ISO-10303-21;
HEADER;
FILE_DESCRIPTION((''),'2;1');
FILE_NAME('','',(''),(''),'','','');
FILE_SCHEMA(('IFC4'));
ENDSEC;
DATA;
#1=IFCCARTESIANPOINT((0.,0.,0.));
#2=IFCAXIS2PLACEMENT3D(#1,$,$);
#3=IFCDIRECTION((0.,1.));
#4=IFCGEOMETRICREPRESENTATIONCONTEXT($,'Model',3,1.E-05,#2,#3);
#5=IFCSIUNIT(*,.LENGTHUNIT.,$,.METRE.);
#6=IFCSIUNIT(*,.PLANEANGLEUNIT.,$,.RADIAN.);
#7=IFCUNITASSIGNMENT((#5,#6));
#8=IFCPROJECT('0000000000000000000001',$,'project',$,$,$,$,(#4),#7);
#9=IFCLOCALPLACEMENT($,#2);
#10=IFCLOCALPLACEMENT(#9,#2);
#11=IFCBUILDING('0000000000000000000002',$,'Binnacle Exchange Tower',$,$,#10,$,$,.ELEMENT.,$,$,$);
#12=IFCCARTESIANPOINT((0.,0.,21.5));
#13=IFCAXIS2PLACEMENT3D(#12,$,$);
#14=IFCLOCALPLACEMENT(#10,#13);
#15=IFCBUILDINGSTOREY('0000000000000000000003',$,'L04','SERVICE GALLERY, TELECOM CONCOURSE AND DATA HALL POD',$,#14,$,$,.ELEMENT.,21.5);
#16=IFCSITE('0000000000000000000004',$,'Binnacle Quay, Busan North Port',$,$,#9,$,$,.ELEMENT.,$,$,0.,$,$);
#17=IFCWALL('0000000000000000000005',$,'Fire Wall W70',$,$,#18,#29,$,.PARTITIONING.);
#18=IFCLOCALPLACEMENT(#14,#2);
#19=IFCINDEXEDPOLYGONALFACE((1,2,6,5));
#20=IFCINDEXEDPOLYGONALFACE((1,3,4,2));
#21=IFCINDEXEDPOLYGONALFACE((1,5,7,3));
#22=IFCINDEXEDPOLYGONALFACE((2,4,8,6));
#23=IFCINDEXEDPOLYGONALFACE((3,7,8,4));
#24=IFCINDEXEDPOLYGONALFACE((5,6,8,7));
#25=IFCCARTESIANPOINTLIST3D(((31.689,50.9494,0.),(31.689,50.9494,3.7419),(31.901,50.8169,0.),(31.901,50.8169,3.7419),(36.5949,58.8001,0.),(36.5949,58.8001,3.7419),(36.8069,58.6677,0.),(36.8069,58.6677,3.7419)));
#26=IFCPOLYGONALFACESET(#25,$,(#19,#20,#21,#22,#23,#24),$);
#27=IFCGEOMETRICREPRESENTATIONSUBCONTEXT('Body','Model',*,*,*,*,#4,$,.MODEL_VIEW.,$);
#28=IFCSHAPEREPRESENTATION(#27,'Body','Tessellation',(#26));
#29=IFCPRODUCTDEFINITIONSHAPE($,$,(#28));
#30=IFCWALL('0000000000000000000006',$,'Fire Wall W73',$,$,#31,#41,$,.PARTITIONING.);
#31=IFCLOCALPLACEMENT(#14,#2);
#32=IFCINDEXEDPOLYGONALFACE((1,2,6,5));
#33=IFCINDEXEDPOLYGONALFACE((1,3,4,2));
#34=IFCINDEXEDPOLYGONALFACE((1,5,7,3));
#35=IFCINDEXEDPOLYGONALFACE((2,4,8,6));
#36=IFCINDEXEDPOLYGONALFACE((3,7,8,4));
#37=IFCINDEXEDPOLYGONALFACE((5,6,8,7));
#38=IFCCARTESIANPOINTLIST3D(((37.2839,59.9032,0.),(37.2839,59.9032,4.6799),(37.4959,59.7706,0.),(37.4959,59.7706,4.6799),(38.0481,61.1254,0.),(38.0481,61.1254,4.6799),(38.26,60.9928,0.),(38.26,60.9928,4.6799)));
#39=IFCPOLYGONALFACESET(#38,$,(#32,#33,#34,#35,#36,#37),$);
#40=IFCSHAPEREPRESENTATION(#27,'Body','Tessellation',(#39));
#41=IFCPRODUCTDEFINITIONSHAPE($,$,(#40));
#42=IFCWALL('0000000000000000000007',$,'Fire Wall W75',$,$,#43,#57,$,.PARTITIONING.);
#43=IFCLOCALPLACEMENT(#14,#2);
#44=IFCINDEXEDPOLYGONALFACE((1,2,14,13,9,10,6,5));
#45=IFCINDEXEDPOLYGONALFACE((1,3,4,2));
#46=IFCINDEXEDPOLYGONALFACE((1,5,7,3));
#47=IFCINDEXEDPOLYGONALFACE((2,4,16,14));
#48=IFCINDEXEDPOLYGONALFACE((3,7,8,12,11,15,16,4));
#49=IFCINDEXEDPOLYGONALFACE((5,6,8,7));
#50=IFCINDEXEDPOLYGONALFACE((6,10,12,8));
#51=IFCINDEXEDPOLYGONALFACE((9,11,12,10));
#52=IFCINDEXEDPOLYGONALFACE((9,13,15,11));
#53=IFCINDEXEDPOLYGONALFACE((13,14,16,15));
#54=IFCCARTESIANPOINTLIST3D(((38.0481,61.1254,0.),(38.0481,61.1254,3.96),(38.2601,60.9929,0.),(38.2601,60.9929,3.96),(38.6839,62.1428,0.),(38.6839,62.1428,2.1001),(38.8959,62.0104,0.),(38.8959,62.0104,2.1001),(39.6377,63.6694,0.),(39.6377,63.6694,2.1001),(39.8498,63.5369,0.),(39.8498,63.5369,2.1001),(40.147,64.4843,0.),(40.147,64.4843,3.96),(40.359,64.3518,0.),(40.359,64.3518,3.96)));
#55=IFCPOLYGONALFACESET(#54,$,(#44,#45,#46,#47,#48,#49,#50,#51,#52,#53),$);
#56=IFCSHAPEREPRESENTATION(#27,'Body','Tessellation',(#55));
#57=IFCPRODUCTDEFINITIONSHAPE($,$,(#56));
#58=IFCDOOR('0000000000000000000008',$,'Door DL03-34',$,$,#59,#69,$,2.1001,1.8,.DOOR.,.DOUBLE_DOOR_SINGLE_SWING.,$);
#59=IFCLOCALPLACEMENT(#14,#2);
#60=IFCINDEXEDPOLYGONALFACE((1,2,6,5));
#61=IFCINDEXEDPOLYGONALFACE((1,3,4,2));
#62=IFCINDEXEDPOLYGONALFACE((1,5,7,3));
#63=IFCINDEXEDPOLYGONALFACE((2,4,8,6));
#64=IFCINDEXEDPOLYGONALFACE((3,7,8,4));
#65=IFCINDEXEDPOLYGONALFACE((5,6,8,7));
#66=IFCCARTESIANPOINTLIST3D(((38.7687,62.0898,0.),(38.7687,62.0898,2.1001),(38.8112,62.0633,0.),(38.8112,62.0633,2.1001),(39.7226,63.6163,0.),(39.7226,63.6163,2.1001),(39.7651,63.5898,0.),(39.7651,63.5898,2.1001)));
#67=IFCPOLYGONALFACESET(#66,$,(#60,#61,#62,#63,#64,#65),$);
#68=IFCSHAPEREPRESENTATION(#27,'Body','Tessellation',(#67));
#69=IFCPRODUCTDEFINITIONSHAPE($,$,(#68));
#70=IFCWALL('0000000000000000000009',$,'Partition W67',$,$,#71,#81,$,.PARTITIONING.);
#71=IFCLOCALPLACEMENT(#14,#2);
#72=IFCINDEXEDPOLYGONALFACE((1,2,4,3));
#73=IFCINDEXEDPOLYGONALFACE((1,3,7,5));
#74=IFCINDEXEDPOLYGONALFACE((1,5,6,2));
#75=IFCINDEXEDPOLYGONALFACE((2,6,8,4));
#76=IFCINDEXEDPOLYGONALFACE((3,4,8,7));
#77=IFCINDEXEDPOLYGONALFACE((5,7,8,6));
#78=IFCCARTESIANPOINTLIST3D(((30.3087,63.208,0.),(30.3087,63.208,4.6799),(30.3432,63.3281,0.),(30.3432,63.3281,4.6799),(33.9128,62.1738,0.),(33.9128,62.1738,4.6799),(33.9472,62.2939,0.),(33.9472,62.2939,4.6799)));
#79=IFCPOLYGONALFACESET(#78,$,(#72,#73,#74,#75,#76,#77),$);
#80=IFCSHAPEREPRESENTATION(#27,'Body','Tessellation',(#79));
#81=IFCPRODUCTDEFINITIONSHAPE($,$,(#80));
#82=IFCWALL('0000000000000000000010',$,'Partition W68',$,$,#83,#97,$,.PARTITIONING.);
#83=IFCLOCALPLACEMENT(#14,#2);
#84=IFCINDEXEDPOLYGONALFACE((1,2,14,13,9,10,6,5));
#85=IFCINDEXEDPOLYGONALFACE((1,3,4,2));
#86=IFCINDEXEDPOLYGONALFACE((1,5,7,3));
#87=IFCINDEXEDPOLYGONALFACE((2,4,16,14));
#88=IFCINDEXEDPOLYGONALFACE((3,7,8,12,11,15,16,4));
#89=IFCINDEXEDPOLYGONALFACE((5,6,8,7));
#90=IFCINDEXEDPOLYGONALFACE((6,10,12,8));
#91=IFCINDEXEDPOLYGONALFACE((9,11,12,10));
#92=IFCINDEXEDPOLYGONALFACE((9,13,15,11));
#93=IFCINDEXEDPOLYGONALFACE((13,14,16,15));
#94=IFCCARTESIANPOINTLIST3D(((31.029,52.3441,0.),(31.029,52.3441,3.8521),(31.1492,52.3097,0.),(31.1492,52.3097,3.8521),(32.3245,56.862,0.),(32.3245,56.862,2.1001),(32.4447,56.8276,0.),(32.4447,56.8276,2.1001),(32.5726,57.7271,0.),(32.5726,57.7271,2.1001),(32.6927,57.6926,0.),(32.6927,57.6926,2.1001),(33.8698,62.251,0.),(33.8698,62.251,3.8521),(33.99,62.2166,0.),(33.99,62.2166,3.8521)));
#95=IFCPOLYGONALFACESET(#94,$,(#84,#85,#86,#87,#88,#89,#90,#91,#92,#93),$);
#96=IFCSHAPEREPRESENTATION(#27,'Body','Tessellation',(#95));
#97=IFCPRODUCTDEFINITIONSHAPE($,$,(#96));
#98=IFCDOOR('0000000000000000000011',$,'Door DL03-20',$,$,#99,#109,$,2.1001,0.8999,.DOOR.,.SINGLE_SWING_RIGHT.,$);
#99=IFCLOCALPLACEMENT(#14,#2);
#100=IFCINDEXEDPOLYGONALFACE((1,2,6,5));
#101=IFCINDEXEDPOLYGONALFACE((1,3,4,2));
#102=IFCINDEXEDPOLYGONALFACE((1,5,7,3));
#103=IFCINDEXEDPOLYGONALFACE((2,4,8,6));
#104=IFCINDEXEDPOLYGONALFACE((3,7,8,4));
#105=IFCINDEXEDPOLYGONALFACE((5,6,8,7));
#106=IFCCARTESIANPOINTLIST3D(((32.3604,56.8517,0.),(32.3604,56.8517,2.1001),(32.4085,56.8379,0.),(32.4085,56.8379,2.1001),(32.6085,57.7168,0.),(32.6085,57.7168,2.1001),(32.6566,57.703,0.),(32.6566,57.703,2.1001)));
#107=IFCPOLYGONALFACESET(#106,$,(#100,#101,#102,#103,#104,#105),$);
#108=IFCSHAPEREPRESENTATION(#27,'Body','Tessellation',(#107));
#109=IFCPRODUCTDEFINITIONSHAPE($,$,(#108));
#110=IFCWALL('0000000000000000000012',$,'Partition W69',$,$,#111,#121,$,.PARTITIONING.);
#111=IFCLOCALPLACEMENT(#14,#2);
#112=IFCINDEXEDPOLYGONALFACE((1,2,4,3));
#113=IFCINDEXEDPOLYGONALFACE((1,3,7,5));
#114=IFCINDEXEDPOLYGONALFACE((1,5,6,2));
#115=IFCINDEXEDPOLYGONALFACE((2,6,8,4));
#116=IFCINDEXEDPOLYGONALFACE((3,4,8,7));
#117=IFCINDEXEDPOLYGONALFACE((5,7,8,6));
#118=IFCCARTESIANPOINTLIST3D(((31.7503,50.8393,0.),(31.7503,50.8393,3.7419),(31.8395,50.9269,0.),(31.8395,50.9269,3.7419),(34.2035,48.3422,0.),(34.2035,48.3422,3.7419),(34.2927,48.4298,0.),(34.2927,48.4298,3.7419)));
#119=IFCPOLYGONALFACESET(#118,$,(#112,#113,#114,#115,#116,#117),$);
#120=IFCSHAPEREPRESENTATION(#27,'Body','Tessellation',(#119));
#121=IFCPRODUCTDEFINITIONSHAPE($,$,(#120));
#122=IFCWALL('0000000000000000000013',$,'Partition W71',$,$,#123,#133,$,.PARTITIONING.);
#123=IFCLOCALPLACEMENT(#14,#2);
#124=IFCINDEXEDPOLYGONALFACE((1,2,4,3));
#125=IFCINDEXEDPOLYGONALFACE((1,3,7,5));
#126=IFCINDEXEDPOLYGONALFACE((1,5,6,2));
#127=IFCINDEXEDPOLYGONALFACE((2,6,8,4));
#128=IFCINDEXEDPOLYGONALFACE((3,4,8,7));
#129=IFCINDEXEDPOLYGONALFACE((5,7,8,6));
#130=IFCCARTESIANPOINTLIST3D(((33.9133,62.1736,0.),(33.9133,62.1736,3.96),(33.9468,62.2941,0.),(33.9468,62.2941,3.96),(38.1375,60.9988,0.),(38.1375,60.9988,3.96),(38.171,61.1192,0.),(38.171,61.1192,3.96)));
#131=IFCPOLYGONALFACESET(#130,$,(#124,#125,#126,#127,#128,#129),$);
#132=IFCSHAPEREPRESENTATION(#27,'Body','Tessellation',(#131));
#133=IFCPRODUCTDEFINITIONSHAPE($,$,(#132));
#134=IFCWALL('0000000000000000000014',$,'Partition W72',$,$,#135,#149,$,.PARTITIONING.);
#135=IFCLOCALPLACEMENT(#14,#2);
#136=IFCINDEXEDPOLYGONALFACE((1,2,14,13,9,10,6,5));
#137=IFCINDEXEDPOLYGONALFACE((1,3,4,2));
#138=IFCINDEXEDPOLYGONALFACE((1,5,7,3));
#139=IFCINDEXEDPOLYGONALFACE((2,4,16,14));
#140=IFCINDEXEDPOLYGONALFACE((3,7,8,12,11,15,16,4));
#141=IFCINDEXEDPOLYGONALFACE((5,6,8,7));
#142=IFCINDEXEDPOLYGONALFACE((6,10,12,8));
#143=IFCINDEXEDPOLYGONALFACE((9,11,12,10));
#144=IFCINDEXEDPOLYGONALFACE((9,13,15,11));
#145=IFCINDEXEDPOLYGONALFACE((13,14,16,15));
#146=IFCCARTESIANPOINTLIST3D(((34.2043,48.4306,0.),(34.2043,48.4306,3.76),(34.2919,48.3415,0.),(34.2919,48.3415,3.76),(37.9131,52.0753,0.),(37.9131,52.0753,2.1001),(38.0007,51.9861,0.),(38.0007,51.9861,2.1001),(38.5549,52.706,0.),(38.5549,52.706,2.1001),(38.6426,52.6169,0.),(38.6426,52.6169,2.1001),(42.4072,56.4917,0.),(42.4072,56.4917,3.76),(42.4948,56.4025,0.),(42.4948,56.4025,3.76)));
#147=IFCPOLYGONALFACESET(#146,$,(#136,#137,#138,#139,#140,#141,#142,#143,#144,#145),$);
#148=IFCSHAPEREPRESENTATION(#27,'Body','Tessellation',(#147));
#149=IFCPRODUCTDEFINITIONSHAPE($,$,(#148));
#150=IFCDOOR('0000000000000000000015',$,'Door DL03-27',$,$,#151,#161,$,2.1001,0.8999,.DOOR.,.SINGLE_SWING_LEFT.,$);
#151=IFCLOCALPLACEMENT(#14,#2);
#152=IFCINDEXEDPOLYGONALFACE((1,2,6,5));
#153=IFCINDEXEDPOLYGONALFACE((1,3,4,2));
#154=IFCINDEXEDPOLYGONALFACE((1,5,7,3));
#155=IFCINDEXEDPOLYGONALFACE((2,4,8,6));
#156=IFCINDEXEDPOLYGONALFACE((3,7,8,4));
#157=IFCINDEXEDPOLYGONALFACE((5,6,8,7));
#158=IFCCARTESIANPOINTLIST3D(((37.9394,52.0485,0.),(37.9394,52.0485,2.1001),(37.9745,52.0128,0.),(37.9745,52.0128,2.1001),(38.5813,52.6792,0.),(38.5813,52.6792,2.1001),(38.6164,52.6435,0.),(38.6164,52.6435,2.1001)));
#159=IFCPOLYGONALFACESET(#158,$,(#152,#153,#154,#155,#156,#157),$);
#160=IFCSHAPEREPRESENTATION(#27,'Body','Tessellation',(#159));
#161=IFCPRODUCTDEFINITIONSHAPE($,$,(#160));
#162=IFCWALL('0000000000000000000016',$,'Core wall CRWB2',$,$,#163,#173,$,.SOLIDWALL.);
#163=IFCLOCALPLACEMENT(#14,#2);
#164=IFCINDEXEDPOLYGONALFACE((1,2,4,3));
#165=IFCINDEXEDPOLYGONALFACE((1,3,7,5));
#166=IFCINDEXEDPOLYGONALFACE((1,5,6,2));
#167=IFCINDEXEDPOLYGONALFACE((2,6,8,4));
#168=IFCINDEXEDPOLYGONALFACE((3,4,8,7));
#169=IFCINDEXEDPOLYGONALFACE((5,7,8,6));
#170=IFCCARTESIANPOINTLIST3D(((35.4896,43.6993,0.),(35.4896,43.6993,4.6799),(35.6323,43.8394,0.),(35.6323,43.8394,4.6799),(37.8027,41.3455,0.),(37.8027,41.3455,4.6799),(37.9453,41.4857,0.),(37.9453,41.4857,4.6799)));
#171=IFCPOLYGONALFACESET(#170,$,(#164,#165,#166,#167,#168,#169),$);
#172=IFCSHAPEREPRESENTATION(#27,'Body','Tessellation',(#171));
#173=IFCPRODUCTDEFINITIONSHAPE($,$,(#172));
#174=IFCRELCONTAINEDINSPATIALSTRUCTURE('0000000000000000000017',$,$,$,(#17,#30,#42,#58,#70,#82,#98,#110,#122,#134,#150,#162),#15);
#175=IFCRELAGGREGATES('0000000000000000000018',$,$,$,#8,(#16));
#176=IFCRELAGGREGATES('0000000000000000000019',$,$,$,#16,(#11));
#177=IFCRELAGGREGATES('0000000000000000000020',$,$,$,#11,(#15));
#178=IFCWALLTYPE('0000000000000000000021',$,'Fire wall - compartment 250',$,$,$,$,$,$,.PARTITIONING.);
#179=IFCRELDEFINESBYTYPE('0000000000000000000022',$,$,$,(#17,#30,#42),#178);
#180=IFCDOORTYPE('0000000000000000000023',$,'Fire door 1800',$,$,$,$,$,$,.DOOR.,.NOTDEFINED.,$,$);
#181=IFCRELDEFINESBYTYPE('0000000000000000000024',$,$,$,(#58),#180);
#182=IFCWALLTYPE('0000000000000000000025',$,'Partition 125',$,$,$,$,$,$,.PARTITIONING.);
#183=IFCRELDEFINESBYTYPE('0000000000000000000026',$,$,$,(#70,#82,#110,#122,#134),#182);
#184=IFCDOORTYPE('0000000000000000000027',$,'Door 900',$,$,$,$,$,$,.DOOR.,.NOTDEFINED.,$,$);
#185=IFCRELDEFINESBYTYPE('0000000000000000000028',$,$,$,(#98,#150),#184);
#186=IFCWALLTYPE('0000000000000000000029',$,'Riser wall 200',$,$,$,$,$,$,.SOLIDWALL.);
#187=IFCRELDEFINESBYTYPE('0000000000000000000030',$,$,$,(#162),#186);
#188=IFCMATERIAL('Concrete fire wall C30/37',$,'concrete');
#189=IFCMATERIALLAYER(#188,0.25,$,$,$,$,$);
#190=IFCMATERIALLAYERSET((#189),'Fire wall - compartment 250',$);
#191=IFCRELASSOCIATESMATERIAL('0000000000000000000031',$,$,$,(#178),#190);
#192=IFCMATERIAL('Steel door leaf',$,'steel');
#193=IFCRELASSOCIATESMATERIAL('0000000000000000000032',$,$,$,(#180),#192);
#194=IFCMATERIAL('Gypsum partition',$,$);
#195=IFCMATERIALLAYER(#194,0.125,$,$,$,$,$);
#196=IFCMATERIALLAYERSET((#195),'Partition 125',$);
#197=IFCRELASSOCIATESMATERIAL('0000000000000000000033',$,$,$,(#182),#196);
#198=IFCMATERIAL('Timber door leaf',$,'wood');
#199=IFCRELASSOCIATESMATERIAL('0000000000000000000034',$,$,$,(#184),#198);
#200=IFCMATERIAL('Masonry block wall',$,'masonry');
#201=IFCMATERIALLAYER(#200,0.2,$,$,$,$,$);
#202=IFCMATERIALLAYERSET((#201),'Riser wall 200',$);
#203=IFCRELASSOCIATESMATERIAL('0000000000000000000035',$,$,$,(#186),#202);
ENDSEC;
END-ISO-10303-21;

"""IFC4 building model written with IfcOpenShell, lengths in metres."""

from ifc_helpers import new_model, si_unit, direction, frame, frame_2d, origin, place, context, subcontext, project, spatial, rectangle, extrude, material, layer, layer_set, type_object, element, fill, save


model = new_model("IFC4")

# Units and contexts
model_context = context("Model", 3, precision=1e-05, world=origin(), true_north=direction((0.0, 1.0)))
body_context = subcontext(model_context, "Body", "Model", "MODEL_VIEW")
ifc_project = project(units=[si_unit("LENGTHUNIT", "METRE"), si_unit("PLANEANGLEUNIT", "RADIAN")], contexts=[model_context])

# Site, building, storey
site_placement = place(None, origin())
site = spatial("IfcSite", under=ifc_project, at=site_placement, Name="Binnacle Quay, Busan North Port", CompositionType="ELEMENT", RefElevation=0.0)
building_placement = place(site_placement, origin())
building = spatial("IfcBuilding", under=site, at=building_placement, Name="Binnacle Exchange Tower", CompositionType="ELEMENT")
storey_placement = place(building_placement, frame((0.0, 0.0, 21.5)))
storey = spatial("IfcBuildingStorey", under=building, at=storey_placement, Name="L04", Description="SERVICE GALLERY, TELECOM CONCOURSE AND DATA HALL POD", CompositionType="ELEMENT", Elevation=21.5)

# Shared definitions
ifc_material_1 = material(Name="Steel door leaf", Category="steel")

# Walls
ifc_material_2 = material(Name="Masonry block wall", Category="masonry")
ifc_material_3 = material(Name="Concrete fire wall C30/37", Category="concrete")
ifc_layer_1 = layer(ifc_material_3, 0.25)
ifc_layer_set_1 = layer_set([ifc_layer_1], Name="Fire wall - compartment 250")
wall_type_1 = type_object("IfcWallType", Name="Fire wall - compartment 250", PredefinedType="PARTITIONING", material=ifc_layer_set_1)
wall_1_placement = place(storey_placement, frame((31.7949, 50.8831, 0.0), z_axis=(0.0, 0.0, 1.0), x_axis=(0.52994, 0.848035, 0.0)))
element("IfcWall", 1, at=wall_1_placement, inside=storey, type_object=wall_type_1, Name="Fire Wall W70", PredefinedType="PARTITIONING", context=body_context, shape_type="SweptSolid", body=[
    extrude(rectangle(XDim=9.2576, YDim=0.25, at=frame_2d((4.6289, 0.0))), origin(), (0.0, 0.0, 1.0), 3.7419),
])
wall_2_placement = place(storey_placement, frame((37.3899, 59.8369, 0.0), z_axis=(0.0, 0.0, 1.0), x_axis=(0.530151, 0.847903, 0.0)))
element("IfcWall", 2, at=wall_2_placement, inside=storey, type_object=wall_type_1, Name="Fire Wall W73", PredefinedType="PARTITIONING", context=body_context, shape_type="SweptSolid", body=[
    extrude(rectangle(XDim=1.4414, YDim=0.25, at=frame_2d((0.7207, 0.0))), origin(), (0.0, 0.0, 1.0), 4.6799),
])

# Wall, opening, door
wall_3_placement = place(storey_placement, frame((38.1541, 61.0591, 0.0), z_axis=(0.0, 0.0, 1.0), x_axis=(0.529921, 0.848047, 0.0)))
wall_3 = element("IfcWall", 3, at=wall_3_placement, inside=storey, type_object=wall_type_1, Name="Fire Wall W75", PredefinedType="PARTITIONING", context=body_context, shape_type="SweptSolid", body=[
    extrude(rectangle(XDim=3.9607, YDim=0.25, at=frame_2d((1.9805, 0.0))), origin(), (0.0, 0.0, 1.0), 3.96),
])
opening_1_placement = place(wall_3_placement, frame((1.2, 0.0, 0.0)))
opening_1 = element("IfcOpeningElement", 4, at=opening_1_placement, cuts=wall_3, PredefinedType="OPENING", context=body_context, shape_type="SweptSolid", body=[
    extrude(rectangle(XDim=1.8, YDim=2.1001, at=frame_2d((0.8999, 1.05))), frame((0.0, 0.135, 0.0), z_axis=(0.0, -1.0, 0.0), x_axis=(1.0, 0.0, 0.0)), (0.0, 0.0, 1.0), 0.27),
])
door_type_1 = type_object("IfcDoorType", Name="Fire door 1800", OperationType="NOTDEFINED", PredefinedType="DOOR", material=ifc_material_1)
door_1_placement = place(opening_1_placement, origin())
door_1 = element("IfcDoor", 5, at=door_1_placement, inside=storey, type_object=door_type_1, Name="Door DL03-34", OperationType="DOUBLE_DOOR_SINGLE_SWING", OverallHeight=2.1001, OverallWidth=1.8, PredefinedType="DOOR", context=body_context, shape_type="SweptSolid", body=[
    extrude(rectangle(XDim=1.8, YDim=2.1001, at=frame_2d((0.8999, 1.05))), frame((0.0, 0.0249, 0.0), z_axis=(0.0, -1.0, 0.0), x_axis=(1.0, 0.0, 0.0)), (0.0, 0.0, 1.0), 0.05),
])
fill(opening_1, door_1)

# Wall
ifc_material_4 = material(Name="Gypsum partition")
ifc_layer_2 = layer(ifc_material_4, 0.125)
ifc_layer_set_2 = layer_set([ifc_layer_2], Name="Partition 125")
wall_type_2 = type_object("IfcWallType", Name="Partition 125", PredefinedType="PARTITIONING", material=ifc_layer_set_2)
wall_4_placement = place(storey_placement, frame((30.3259, 63.2681, 0.0), z_axis=(0.0, 0.0, 1.0), x_axis=(0.961209, -0.275822, 0.0)))
element("IfcWall", 6, at=wall_4_placement, inside=storey, type_object=wall_type_2, Name="Partition W67", PredefinedType="PARTITIONING", context=body_context, shape_type="SweptSolid", body=[
    extrude(rectangle(XDim=3.7495, YDim=0.125, at=frame_2d((1.8748, 0.0))), origin(), (0.0, 0.0, 1.0), 4.6799),
])

# Wall, opening, door
wall_5_placement = place(storey_placement, frame((31.0891, 52.3269, 0.0), z_axis=(0.0, 0.0, 1.0), x_axis=(0.275641, 0.961261, 0.0)))
wall_5 = element("IfcWall", 7, at=wall_5_placement, inside=storey, type_object=wall_type_2, Name="Partition W68", PredefinedType="PARTITIONING", context=body_context, shape_type="SweptSolid", body=[
    extrude(rectangle(XDim=10.3062, YDim=0.125, at=frame_2d((5.1531, 0.0))), origin(), (0.0, 0.0, 1.0), 3.8521),
])
opening_2_placement = place(wall_5_placement, frame((4.7, 0.0, 0.0)))
opening_2 = element("IfcOpeningElement", 8, at=opening_2_placement, cuts=wall_5, PredefinedType="OPENING", context=body_context, shape_type="SweptSolid", body=[
    extrude(rectangle(XDim=0.8999, YDim=2.1001, at=frame_2d((0.45, 1.05))), frame((0.0, 0.0725, 0.0), z_axis=(0.0, -1.0, 0.0), x_axis=(1.0, 0.0, 0.0)), (0.0, 0.0, 1.0), 0.145),
])
ifc_material_5 = material(Name="Timber door leaf", Category="wood")
door_type_2 = type_object("IfcDoorType", Name="Door 900", OperationType="NOTDEFINED", PredefinedType="DOOR", material=ifc_material_5)
door_2_placement = place(opening_2_placement, frame((0.8999, 0.0, 0.0), z_axis=(0.0, 0.0, 1.0), x_axis=(-1.0, 0.0, 0.0)))
door_2 = element("IfcDoor", 9, at=door_2_placement, inside=storey, type_object=door_type_2, Name="Door DL03-20", OperationType="SINGLE_SWING_RIGHT", OverallHeight=2.1001, OverallWidth=0.8999, PredefinedType="DOOR", context=body_context, shape_type="SweptSolid", body=[
    extrude(rectangle(XDim=0.8999, YDim=2.1001, at=frame_2d((0.45, 1.05))), frame((0.0, 0.0249, 0.0), z_axis=(0.0, -1.0, 0.0), x_axis=(1.0, 0.0, 0.0)), (0.0, 0.0, 1.0), 0.05),
])
fill(opening_2, door_2)

# Walls
wall_6_placement = place(storey_placement, frame((31.7949, 50.8831, 0.0), z_axis=(0.0, 0.0, 1.0), x_axis=(0.700802, -0.713356, 0.0)))
element("IfcWall", 10, at=wall_6_placement, inside=storey, type_object=wall_type_2, Name="Partition W69", PredefinedType="PARTITIONING", context=body_context, shape_type="SweptSolid", body=[
    extrude(rectangle(XDim=3.5005, YDim=0.125, at=frame_2d((1.7502, 0.0))), origin(), (0.0, 0.0, 1.0), 3.7419),
])
wall_7_placement = place(storey_placement, frame((33.9299, 62.2339, 0.0), z_axis=(0.0, 0.0, 1.0), x_axis=(0.963433, -0.267948, 0.0)))
element("IfcWall", 11, at=wall_7_placement, inside=storey, type_object=wall_type_2, Name="Partition W71", PredefinedType="PARTITIONING", context=body_context, shape_type="SweptSolid", body=[
    extrude(rectangle(XDim=4.3845, YDim=0.125, at=frame_2d((2.1924, 0.0))), origin(), (0.0, 0.0, 1.0), 3.96),
])

# Wall, opening, door
wall_8_placement = place(storey_placement, frame((34.248, 48.386, 0.0), z_axis=(0.0, 0.0, 1.0), x_axis=(0.713247, 0.700913, 0.0)))
wall_8 = element("IfcWall", 12, at=wall_8_placement, inside=storey, type_object=wall_type_2, Name="Partition W72", PredefinedType="PARTITIONING", context=body_context, shape_type="SweptSolid", body=[
    extrude(rectangle(XDim=11.5007, YDim=0.125, at=frame_2d((5.7505, 0.0))), origin(), (0.0, 0.0, 1.0), 3.76),
])
opening_3_placement = place(wall_8_placement, frame((5.2, 0.0, 0.0)))
opening_3 = element("IfcOpeningElement", 13, at=opening_3_placement, cuts=wall_8, PredefinedType="OPENING", context=body_context, shape_type="SweptSolid", body=[
    extrude(rectangle(XDim=0.8999, YDim=2.1001, at=frame_2d((0.45, 1.05))), frame((0.0, 0.0725, 0.0), z_axis=(0.0, -1.0, 0.0), x_axis=(1.0, 0.0, 0.0)), (0.0, 0.0, 1.0), 0.145),
])
door_3_placement = place(opening_3_placement, origin())
door_3 = element("IfcDoor", 14, at=door_3_placement, inside=storey, type_object=door_type_2, Name="Door DL03-27", OperationType="SINGLE_SWING_LEFT", OverallHeight=2.1001, OverallWidth=0.8999, PredefinedType="DOOR", context=body_context, shape_type="SweptSolid", body=[
    extrude(rectangle(XDim=0.8999, YDim=2.1001, at=frame_2d((0.45, 1.05))), frame((0.0, 0.0249, 0.0), z_axis=(0.0, -1.0, 0.0), x_axis=(1.0, 0.0, 0.0)), (0.0, 0.0, 1.0), 0.05),
])
fill(opening_3, door_3)

# Wall
ifc_layer_3 = layer(ifc_material_2, 0.2)
ifc_layer_set_3 = layer_set([ifc_layer_3], Name="Riser wall 200")
wall_type_3 = type_object("IfcWallType", Name="Riser wall 200", PredefinedType="SOLIDWALL", material=ifc_layer_set_3)
wall_9_placement = place(storey_placement, frame((35.561, 43.7693, 0.0), z_axis=(0.0, 0.0, 1.0), x_axis=(0.700902, -0.713257, 0.0)))
element("IfcWall", 15, at=wall_9_placement, inside=storey, type_object=wall_type_3, Name="Core wall CRWB2", PredefinedType="SOLIDWALL", context=body_context, shape_type="SweptSolid", body=[
    extrude(rectangle(XDim=3.3, YDim=0.2, at=frame_2d((1.6499, 0.0))), origin(), (0.0, 0.0, 1.0), 4.6799),
])

save(model, "model.ifc")
